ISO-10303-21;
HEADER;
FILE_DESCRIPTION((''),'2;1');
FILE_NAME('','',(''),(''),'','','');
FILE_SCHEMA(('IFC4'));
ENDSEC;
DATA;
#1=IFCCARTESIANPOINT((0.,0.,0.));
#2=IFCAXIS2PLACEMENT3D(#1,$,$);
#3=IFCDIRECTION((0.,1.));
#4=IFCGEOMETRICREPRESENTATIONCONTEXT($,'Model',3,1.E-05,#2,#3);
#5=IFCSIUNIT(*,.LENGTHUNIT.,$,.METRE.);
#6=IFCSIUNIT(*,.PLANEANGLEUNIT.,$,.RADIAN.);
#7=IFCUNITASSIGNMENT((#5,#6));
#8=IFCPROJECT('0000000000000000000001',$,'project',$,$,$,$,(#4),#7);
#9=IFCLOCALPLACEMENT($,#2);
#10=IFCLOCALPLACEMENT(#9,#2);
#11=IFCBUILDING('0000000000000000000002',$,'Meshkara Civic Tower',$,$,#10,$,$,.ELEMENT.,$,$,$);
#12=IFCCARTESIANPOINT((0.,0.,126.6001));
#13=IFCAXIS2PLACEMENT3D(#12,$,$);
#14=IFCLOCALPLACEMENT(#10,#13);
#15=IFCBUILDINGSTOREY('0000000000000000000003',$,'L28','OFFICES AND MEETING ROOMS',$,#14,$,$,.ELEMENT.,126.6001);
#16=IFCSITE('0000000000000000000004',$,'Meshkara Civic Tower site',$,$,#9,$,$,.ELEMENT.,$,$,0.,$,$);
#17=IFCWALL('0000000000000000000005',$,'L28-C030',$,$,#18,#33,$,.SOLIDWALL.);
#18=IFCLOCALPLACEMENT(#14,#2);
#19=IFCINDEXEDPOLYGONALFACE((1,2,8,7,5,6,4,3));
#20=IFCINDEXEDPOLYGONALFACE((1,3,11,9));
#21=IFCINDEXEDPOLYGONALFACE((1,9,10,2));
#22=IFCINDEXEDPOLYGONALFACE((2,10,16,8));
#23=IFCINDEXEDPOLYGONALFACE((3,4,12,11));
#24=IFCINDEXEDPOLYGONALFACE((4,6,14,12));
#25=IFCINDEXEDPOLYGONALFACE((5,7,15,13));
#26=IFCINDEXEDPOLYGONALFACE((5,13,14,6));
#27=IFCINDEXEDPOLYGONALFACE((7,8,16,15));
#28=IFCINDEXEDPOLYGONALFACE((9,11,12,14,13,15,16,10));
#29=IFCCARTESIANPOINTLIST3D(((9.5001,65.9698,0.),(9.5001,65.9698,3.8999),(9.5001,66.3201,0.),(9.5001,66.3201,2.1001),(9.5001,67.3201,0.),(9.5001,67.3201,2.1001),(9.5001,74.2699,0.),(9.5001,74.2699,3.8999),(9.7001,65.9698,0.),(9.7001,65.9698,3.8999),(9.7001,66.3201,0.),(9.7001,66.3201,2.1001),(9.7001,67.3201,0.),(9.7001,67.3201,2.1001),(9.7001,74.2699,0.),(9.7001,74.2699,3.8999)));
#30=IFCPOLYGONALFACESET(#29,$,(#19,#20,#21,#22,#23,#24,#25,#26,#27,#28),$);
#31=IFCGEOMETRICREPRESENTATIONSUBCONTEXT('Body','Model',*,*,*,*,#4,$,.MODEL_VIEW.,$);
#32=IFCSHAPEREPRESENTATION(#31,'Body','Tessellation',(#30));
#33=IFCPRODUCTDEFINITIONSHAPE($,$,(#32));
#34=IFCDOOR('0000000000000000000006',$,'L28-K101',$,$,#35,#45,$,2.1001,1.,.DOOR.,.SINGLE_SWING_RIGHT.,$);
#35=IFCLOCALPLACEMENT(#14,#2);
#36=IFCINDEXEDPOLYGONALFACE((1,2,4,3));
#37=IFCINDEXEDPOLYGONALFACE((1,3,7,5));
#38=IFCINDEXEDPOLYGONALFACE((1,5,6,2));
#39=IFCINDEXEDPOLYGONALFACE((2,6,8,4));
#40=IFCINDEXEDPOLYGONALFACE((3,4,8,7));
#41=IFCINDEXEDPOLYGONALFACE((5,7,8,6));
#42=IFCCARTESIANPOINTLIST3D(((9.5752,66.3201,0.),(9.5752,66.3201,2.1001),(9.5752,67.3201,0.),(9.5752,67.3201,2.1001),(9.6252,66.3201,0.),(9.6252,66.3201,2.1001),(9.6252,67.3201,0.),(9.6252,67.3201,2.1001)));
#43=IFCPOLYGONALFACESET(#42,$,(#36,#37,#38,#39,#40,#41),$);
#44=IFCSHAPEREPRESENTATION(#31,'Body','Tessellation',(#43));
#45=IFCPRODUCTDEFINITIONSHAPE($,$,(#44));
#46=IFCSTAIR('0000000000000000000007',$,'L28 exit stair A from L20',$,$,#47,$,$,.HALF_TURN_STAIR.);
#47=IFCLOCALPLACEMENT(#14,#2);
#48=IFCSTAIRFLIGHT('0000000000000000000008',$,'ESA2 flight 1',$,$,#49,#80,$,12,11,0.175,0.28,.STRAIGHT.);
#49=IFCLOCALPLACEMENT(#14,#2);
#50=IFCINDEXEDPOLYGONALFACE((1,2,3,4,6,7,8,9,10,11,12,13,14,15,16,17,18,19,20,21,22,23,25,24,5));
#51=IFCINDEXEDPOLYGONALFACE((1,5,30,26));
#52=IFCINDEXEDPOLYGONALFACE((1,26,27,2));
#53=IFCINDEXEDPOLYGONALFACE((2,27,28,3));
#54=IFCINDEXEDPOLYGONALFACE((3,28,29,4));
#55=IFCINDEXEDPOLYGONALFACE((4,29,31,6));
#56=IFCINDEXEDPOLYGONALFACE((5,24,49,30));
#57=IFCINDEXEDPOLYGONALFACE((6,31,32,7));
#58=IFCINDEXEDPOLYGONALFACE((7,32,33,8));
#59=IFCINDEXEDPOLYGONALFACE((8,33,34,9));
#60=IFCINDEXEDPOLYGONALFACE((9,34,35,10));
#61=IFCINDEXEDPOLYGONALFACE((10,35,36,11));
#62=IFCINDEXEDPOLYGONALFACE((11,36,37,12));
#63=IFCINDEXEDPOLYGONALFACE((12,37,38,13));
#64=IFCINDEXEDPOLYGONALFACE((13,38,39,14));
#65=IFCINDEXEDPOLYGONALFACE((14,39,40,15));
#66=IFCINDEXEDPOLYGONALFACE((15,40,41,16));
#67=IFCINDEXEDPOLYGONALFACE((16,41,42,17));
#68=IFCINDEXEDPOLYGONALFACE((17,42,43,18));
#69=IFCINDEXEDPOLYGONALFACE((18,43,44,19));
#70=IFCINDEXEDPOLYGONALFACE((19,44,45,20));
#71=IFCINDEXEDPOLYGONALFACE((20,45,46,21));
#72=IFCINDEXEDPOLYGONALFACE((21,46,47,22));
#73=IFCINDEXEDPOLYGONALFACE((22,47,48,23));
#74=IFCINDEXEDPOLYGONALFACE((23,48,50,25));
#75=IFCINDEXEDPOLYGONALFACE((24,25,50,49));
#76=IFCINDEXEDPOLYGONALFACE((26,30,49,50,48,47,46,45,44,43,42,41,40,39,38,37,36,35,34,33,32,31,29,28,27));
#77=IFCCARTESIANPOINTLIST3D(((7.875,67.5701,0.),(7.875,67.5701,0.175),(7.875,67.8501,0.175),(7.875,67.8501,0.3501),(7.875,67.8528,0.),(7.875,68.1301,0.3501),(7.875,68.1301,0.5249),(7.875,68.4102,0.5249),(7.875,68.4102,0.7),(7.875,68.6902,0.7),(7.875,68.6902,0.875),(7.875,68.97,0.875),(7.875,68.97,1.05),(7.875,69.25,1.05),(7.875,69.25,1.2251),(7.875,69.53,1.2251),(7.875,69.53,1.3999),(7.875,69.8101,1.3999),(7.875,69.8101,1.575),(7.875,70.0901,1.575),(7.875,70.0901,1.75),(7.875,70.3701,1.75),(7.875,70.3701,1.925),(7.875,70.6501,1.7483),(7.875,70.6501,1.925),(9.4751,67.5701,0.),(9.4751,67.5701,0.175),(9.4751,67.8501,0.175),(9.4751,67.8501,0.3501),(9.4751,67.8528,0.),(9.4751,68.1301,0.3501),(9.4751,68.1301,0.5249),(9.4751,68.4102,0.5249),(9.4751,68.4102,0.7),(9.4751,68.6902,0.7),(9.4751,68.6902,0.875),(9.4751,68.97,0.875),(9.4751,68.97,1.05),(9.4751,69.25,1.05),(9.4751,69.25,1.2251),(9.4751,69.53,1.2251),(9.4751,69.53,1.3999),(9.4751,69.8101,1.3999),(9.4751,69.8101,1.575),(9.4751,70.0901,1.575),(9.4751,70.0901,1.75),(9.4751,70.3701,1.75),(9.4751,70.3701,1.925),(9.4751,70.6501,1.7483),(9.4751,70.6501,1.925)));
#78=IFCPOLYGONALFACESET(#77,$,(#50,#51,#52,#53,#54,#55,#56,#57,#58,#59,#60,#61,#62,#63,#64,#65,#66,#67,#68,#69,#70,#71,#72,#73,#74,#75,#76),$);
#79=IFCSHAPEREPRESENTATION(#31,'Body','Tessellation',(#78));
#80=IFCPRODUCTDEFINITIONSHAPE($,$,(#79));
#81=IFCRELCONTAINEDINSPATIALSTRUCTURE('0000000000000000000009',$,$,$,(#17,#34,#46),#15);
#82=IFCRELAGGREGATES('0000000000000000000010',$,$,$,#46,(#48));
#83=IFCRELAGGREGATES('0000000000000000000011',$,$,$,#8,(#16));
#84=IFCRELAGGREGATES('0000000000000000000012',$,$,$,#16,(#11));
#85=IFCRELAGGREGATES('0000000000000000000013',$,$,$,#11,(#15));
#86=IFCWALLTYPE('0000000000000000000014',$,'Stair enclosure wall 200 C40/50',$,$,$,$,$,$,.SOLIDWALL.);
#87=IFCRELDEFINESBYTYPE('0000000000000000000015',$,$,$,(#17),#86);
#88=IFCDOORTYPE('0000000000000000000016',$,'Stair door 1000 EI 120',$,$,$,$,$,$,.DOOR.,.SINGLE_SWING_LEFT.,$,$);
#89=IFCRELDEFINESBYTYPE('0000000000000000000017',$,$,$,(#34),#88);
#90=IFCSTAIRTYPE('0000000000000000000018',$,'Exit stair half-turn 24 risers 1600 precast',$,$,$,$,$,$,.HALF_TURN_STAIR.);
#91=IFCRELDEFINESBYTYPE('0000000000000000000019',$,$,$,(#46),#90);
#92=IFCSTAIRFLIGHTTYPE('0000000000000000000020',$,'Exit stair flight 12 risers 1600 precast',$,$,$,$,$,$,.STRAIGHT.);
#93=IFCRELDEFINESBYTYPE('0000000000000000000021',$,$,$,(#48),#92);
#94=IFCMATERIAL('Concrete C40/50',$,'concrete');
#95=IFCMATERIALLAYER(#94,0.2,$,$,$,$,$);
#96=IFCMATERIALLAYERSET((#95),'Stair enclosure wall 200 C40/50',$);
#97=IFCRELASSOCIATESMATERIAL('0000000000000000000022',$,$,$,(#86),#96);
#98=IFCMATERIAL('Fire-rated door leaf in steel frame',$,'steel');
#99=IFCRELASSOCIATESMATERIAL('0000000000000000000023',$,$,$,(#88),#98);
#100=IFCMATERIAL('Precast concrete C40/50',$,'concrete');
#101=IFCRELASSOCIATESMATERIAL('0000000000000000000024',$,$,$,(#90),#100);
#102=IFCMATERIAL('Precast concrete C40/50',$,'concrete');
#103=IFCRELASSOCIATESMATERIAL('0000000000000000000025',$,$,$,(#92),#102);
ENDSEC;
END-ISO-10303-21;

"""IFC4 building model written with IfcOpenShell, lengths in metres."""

from ifc_helpers import new_model, si_unit, direction, frame, frame_2d, origin, place, context, subcontext, project, spatial, polyline, rectangle, outline, extrude, material, layer, layer_set, type_object, element, fill, aggregate, save


model = new_model("IFC4")

# Units and contexts
model_context = context("Model", 3, precision=1e-05, world=origin(), true_north=direction((0.0, 1.0)))
body_context = subcontext(model_context, "Body", "Model", "MODEL_VIEW")
ifc_project = project(units=[si_unit("LENGTHUNIT", "METRE"), si_unit("PLANEANGLEUNIT", "RADIAN")], contexts=[model_context])

# Site, building, storey
site_placement = place(None, origin())
site = spatial("IfcSite", under=ifc_project, at=site_placement, Name="Meshkara Civic Tower site", CompositionType="ELEMENT", RefElevation=0.0)
building_placement = place(site_placement, origin())
building = spatial("IfcBuilding", under=site, at=building_placement, Name="Meshkara Civic Tower", CompositionType="ELEMENT")
storey_placement = place(building_placement, frame((0.0, 0.0, 126.6001)))
storey = spatial("IfcBuildingStorey", under=building, at=storey_placement, Name="L28", Description="OFFICES AND MEETING ROOMS", CompositionType="ELEMENT", Elevation=126.6001)

# Wall, opening, door
ifc_material_1 = material(Name="Concrete C40/50", Category="concrete")
ifc_layer_1 = layer(ifc_material_1, 0.2)
ifc_layer_set_1 = layer_set([ifc_layer_1], Name="Stair enclosure wall 200 C40/50")
wall_type_1 = type_object("IfcWallType", Name="Stair enclosure wall 200 C40/50", PredefinedType="SOLIDWALL", material=ifc_layer_set_1)
wall_1_placement = place(storey_placement, frame((9.6001, 65.97, 0.0), z_axis=(0.0, 0.0, 1.0), x_axis=(0.0, 1.0, 0.0)))
wall_1 = element("IfcWall", 1, at=wall_1_placement, inside=storey, type_object=wall_type_1, Name="L28-C030", PredefinedType="SOLIDWALL", context=body_context, shape_type="SweptSolid", body=[
    extrude(rectangle(XDim=8.3, YDim=0.2, at=frame_2d((4.1499, 0.0))), origin(), (0.0, 0.0, 1.0), 3.8999),
])
opening_1_placement = place(wall_1_placement, frame((0.3501, 0.0, 0.0)))
opening_1 = element("IfcOpeningElement", 2, at=opening_1_placement, cuts=wall_1, PredefinedType="OPENING", context=body_context, shape_type="SweptSolid", body=[
    extrude(rectangle(XDim=1.0, YDim=2.1001, at=frame_2d((0.5, 1.05))), frame((0.0, 0.1099, 0.0), z_axis=(0.0, -1.0, 0.0), x_axis=(1.0, 0.0, 0.0)), (0.0, 0.0, 1.0), 0.22),
])
ifc_material_2 = material(Name="Fire-rated door leaf in steel frame", Category="steel")
door_type_1 = type_object("IfcDoorType", Name="Stair door 1000 EI 120", OperationType="SINGLE_SWING_LEFT", PredefinedType="DOOR", material=ifc_material_2)
door_1_placement = place(opening_1_placement, origin())
door_1 = element("IfcDoor", 3, at=door_1_placement, inside=storey, type_object=door_type_1, Name="L28-K101", OperationType="SINGLE_SWING_RIGHT", OverallHeight=2.1001, OverallWidth=1.0, PredefinedType="DOOR", context=body_context, shape_type="SweptSolid", body=[
    extrude(rectangle(XDim=1.0, YDim=2.1001, at=frame_2d((0.5, 1.05))), frame((0.0, 0.0249, 0.0), z_axis=(0.0, -1.0, 0.0), x_axis=(1.0, 0.0, 0.0)), (0.0, 0.0, 1.0), 0.05),
])
fill(opening_1, door_1)

# Stair, stair flight
ifc_material_3 = material(Name="Precast concrete C40/50", Category="concrete")
stair_type = type_object("IfcStairType", Name="Exit stair half-turn 24 risers 1600 precast", PredefinedType="HALF_TURN_STAIR", material=ifc_material_3)
stair_placement = place(storey_placement, origin())
stair = element("IfcStair", 4, at=stair_placement, inside=storey, type_object=stair_type, Name="L28 exit stair A from L20", PredefinedType="HALF_TURN_STAIR")
ifc_material_4 = material(Name="Precast concrete C40/50", Category="concrete")
stair_flight_type = type_object("IfcStairFlightType", Name="Exit stair flight 12 risers 1600 precast", PredefinedType="STRAIGHT", material=ifc_material_4)
stair_flight_placement = place(storey_placement, frame((8.675, 67.5701, 0.0), z_axis=(0.0, 0.0, 1.0), x_axis=(0.0, 1.0, 0.0)))
stair_flight = element("IfcStairFlight", 5, at=stair_flight_placement, type_object=stair_flight_type, Name="ESA2 flight 1", NumberOfRisers=12, NumberOfTreads=11, PredefinedType="STRAIGHT", RiserHeight=0.175, TreadLength=0.28, context=body_context, shape_type="SweptSolid", body=[
    extrude(outline(polyline([(0.0, 0.0), (0.0, 0.175), (0.28, 0.175), (0.28, 0.3501), (0.5601, 0.3501), (0.5601, 0.5249), (0.8401, 0.5249), (0.8401, 0.7), (1.1201, 0.7), (1.1201, 0.875), (1.3999, 0.875), (1.3999, 1.05), (1.6799, 1.05), (1.6799, 1.2251), (1.96, 1.2251), (1.96, 1.3999), (2.24, 1.3999), (2.24, 1.575), (2.52, 1.575), (2.52, 1.75), (2.8, 1.75), (2.8, 1.925), (3.0801, 1.925), (3.0801, 2.1001), (3.0801, 1.7483), (0.2827, 0.0), (0.0, 0.0)])), frame((0.0, 0.8, 0.0), z_axis=(0.0, -1.0, 0.0), x_axis=(1.0, 0.0, 0.0)), (0.0, 0.0, 1.0), 1.6001),
])
aggregate(stair, [stair_flight])

save(model, "model.ifc")
